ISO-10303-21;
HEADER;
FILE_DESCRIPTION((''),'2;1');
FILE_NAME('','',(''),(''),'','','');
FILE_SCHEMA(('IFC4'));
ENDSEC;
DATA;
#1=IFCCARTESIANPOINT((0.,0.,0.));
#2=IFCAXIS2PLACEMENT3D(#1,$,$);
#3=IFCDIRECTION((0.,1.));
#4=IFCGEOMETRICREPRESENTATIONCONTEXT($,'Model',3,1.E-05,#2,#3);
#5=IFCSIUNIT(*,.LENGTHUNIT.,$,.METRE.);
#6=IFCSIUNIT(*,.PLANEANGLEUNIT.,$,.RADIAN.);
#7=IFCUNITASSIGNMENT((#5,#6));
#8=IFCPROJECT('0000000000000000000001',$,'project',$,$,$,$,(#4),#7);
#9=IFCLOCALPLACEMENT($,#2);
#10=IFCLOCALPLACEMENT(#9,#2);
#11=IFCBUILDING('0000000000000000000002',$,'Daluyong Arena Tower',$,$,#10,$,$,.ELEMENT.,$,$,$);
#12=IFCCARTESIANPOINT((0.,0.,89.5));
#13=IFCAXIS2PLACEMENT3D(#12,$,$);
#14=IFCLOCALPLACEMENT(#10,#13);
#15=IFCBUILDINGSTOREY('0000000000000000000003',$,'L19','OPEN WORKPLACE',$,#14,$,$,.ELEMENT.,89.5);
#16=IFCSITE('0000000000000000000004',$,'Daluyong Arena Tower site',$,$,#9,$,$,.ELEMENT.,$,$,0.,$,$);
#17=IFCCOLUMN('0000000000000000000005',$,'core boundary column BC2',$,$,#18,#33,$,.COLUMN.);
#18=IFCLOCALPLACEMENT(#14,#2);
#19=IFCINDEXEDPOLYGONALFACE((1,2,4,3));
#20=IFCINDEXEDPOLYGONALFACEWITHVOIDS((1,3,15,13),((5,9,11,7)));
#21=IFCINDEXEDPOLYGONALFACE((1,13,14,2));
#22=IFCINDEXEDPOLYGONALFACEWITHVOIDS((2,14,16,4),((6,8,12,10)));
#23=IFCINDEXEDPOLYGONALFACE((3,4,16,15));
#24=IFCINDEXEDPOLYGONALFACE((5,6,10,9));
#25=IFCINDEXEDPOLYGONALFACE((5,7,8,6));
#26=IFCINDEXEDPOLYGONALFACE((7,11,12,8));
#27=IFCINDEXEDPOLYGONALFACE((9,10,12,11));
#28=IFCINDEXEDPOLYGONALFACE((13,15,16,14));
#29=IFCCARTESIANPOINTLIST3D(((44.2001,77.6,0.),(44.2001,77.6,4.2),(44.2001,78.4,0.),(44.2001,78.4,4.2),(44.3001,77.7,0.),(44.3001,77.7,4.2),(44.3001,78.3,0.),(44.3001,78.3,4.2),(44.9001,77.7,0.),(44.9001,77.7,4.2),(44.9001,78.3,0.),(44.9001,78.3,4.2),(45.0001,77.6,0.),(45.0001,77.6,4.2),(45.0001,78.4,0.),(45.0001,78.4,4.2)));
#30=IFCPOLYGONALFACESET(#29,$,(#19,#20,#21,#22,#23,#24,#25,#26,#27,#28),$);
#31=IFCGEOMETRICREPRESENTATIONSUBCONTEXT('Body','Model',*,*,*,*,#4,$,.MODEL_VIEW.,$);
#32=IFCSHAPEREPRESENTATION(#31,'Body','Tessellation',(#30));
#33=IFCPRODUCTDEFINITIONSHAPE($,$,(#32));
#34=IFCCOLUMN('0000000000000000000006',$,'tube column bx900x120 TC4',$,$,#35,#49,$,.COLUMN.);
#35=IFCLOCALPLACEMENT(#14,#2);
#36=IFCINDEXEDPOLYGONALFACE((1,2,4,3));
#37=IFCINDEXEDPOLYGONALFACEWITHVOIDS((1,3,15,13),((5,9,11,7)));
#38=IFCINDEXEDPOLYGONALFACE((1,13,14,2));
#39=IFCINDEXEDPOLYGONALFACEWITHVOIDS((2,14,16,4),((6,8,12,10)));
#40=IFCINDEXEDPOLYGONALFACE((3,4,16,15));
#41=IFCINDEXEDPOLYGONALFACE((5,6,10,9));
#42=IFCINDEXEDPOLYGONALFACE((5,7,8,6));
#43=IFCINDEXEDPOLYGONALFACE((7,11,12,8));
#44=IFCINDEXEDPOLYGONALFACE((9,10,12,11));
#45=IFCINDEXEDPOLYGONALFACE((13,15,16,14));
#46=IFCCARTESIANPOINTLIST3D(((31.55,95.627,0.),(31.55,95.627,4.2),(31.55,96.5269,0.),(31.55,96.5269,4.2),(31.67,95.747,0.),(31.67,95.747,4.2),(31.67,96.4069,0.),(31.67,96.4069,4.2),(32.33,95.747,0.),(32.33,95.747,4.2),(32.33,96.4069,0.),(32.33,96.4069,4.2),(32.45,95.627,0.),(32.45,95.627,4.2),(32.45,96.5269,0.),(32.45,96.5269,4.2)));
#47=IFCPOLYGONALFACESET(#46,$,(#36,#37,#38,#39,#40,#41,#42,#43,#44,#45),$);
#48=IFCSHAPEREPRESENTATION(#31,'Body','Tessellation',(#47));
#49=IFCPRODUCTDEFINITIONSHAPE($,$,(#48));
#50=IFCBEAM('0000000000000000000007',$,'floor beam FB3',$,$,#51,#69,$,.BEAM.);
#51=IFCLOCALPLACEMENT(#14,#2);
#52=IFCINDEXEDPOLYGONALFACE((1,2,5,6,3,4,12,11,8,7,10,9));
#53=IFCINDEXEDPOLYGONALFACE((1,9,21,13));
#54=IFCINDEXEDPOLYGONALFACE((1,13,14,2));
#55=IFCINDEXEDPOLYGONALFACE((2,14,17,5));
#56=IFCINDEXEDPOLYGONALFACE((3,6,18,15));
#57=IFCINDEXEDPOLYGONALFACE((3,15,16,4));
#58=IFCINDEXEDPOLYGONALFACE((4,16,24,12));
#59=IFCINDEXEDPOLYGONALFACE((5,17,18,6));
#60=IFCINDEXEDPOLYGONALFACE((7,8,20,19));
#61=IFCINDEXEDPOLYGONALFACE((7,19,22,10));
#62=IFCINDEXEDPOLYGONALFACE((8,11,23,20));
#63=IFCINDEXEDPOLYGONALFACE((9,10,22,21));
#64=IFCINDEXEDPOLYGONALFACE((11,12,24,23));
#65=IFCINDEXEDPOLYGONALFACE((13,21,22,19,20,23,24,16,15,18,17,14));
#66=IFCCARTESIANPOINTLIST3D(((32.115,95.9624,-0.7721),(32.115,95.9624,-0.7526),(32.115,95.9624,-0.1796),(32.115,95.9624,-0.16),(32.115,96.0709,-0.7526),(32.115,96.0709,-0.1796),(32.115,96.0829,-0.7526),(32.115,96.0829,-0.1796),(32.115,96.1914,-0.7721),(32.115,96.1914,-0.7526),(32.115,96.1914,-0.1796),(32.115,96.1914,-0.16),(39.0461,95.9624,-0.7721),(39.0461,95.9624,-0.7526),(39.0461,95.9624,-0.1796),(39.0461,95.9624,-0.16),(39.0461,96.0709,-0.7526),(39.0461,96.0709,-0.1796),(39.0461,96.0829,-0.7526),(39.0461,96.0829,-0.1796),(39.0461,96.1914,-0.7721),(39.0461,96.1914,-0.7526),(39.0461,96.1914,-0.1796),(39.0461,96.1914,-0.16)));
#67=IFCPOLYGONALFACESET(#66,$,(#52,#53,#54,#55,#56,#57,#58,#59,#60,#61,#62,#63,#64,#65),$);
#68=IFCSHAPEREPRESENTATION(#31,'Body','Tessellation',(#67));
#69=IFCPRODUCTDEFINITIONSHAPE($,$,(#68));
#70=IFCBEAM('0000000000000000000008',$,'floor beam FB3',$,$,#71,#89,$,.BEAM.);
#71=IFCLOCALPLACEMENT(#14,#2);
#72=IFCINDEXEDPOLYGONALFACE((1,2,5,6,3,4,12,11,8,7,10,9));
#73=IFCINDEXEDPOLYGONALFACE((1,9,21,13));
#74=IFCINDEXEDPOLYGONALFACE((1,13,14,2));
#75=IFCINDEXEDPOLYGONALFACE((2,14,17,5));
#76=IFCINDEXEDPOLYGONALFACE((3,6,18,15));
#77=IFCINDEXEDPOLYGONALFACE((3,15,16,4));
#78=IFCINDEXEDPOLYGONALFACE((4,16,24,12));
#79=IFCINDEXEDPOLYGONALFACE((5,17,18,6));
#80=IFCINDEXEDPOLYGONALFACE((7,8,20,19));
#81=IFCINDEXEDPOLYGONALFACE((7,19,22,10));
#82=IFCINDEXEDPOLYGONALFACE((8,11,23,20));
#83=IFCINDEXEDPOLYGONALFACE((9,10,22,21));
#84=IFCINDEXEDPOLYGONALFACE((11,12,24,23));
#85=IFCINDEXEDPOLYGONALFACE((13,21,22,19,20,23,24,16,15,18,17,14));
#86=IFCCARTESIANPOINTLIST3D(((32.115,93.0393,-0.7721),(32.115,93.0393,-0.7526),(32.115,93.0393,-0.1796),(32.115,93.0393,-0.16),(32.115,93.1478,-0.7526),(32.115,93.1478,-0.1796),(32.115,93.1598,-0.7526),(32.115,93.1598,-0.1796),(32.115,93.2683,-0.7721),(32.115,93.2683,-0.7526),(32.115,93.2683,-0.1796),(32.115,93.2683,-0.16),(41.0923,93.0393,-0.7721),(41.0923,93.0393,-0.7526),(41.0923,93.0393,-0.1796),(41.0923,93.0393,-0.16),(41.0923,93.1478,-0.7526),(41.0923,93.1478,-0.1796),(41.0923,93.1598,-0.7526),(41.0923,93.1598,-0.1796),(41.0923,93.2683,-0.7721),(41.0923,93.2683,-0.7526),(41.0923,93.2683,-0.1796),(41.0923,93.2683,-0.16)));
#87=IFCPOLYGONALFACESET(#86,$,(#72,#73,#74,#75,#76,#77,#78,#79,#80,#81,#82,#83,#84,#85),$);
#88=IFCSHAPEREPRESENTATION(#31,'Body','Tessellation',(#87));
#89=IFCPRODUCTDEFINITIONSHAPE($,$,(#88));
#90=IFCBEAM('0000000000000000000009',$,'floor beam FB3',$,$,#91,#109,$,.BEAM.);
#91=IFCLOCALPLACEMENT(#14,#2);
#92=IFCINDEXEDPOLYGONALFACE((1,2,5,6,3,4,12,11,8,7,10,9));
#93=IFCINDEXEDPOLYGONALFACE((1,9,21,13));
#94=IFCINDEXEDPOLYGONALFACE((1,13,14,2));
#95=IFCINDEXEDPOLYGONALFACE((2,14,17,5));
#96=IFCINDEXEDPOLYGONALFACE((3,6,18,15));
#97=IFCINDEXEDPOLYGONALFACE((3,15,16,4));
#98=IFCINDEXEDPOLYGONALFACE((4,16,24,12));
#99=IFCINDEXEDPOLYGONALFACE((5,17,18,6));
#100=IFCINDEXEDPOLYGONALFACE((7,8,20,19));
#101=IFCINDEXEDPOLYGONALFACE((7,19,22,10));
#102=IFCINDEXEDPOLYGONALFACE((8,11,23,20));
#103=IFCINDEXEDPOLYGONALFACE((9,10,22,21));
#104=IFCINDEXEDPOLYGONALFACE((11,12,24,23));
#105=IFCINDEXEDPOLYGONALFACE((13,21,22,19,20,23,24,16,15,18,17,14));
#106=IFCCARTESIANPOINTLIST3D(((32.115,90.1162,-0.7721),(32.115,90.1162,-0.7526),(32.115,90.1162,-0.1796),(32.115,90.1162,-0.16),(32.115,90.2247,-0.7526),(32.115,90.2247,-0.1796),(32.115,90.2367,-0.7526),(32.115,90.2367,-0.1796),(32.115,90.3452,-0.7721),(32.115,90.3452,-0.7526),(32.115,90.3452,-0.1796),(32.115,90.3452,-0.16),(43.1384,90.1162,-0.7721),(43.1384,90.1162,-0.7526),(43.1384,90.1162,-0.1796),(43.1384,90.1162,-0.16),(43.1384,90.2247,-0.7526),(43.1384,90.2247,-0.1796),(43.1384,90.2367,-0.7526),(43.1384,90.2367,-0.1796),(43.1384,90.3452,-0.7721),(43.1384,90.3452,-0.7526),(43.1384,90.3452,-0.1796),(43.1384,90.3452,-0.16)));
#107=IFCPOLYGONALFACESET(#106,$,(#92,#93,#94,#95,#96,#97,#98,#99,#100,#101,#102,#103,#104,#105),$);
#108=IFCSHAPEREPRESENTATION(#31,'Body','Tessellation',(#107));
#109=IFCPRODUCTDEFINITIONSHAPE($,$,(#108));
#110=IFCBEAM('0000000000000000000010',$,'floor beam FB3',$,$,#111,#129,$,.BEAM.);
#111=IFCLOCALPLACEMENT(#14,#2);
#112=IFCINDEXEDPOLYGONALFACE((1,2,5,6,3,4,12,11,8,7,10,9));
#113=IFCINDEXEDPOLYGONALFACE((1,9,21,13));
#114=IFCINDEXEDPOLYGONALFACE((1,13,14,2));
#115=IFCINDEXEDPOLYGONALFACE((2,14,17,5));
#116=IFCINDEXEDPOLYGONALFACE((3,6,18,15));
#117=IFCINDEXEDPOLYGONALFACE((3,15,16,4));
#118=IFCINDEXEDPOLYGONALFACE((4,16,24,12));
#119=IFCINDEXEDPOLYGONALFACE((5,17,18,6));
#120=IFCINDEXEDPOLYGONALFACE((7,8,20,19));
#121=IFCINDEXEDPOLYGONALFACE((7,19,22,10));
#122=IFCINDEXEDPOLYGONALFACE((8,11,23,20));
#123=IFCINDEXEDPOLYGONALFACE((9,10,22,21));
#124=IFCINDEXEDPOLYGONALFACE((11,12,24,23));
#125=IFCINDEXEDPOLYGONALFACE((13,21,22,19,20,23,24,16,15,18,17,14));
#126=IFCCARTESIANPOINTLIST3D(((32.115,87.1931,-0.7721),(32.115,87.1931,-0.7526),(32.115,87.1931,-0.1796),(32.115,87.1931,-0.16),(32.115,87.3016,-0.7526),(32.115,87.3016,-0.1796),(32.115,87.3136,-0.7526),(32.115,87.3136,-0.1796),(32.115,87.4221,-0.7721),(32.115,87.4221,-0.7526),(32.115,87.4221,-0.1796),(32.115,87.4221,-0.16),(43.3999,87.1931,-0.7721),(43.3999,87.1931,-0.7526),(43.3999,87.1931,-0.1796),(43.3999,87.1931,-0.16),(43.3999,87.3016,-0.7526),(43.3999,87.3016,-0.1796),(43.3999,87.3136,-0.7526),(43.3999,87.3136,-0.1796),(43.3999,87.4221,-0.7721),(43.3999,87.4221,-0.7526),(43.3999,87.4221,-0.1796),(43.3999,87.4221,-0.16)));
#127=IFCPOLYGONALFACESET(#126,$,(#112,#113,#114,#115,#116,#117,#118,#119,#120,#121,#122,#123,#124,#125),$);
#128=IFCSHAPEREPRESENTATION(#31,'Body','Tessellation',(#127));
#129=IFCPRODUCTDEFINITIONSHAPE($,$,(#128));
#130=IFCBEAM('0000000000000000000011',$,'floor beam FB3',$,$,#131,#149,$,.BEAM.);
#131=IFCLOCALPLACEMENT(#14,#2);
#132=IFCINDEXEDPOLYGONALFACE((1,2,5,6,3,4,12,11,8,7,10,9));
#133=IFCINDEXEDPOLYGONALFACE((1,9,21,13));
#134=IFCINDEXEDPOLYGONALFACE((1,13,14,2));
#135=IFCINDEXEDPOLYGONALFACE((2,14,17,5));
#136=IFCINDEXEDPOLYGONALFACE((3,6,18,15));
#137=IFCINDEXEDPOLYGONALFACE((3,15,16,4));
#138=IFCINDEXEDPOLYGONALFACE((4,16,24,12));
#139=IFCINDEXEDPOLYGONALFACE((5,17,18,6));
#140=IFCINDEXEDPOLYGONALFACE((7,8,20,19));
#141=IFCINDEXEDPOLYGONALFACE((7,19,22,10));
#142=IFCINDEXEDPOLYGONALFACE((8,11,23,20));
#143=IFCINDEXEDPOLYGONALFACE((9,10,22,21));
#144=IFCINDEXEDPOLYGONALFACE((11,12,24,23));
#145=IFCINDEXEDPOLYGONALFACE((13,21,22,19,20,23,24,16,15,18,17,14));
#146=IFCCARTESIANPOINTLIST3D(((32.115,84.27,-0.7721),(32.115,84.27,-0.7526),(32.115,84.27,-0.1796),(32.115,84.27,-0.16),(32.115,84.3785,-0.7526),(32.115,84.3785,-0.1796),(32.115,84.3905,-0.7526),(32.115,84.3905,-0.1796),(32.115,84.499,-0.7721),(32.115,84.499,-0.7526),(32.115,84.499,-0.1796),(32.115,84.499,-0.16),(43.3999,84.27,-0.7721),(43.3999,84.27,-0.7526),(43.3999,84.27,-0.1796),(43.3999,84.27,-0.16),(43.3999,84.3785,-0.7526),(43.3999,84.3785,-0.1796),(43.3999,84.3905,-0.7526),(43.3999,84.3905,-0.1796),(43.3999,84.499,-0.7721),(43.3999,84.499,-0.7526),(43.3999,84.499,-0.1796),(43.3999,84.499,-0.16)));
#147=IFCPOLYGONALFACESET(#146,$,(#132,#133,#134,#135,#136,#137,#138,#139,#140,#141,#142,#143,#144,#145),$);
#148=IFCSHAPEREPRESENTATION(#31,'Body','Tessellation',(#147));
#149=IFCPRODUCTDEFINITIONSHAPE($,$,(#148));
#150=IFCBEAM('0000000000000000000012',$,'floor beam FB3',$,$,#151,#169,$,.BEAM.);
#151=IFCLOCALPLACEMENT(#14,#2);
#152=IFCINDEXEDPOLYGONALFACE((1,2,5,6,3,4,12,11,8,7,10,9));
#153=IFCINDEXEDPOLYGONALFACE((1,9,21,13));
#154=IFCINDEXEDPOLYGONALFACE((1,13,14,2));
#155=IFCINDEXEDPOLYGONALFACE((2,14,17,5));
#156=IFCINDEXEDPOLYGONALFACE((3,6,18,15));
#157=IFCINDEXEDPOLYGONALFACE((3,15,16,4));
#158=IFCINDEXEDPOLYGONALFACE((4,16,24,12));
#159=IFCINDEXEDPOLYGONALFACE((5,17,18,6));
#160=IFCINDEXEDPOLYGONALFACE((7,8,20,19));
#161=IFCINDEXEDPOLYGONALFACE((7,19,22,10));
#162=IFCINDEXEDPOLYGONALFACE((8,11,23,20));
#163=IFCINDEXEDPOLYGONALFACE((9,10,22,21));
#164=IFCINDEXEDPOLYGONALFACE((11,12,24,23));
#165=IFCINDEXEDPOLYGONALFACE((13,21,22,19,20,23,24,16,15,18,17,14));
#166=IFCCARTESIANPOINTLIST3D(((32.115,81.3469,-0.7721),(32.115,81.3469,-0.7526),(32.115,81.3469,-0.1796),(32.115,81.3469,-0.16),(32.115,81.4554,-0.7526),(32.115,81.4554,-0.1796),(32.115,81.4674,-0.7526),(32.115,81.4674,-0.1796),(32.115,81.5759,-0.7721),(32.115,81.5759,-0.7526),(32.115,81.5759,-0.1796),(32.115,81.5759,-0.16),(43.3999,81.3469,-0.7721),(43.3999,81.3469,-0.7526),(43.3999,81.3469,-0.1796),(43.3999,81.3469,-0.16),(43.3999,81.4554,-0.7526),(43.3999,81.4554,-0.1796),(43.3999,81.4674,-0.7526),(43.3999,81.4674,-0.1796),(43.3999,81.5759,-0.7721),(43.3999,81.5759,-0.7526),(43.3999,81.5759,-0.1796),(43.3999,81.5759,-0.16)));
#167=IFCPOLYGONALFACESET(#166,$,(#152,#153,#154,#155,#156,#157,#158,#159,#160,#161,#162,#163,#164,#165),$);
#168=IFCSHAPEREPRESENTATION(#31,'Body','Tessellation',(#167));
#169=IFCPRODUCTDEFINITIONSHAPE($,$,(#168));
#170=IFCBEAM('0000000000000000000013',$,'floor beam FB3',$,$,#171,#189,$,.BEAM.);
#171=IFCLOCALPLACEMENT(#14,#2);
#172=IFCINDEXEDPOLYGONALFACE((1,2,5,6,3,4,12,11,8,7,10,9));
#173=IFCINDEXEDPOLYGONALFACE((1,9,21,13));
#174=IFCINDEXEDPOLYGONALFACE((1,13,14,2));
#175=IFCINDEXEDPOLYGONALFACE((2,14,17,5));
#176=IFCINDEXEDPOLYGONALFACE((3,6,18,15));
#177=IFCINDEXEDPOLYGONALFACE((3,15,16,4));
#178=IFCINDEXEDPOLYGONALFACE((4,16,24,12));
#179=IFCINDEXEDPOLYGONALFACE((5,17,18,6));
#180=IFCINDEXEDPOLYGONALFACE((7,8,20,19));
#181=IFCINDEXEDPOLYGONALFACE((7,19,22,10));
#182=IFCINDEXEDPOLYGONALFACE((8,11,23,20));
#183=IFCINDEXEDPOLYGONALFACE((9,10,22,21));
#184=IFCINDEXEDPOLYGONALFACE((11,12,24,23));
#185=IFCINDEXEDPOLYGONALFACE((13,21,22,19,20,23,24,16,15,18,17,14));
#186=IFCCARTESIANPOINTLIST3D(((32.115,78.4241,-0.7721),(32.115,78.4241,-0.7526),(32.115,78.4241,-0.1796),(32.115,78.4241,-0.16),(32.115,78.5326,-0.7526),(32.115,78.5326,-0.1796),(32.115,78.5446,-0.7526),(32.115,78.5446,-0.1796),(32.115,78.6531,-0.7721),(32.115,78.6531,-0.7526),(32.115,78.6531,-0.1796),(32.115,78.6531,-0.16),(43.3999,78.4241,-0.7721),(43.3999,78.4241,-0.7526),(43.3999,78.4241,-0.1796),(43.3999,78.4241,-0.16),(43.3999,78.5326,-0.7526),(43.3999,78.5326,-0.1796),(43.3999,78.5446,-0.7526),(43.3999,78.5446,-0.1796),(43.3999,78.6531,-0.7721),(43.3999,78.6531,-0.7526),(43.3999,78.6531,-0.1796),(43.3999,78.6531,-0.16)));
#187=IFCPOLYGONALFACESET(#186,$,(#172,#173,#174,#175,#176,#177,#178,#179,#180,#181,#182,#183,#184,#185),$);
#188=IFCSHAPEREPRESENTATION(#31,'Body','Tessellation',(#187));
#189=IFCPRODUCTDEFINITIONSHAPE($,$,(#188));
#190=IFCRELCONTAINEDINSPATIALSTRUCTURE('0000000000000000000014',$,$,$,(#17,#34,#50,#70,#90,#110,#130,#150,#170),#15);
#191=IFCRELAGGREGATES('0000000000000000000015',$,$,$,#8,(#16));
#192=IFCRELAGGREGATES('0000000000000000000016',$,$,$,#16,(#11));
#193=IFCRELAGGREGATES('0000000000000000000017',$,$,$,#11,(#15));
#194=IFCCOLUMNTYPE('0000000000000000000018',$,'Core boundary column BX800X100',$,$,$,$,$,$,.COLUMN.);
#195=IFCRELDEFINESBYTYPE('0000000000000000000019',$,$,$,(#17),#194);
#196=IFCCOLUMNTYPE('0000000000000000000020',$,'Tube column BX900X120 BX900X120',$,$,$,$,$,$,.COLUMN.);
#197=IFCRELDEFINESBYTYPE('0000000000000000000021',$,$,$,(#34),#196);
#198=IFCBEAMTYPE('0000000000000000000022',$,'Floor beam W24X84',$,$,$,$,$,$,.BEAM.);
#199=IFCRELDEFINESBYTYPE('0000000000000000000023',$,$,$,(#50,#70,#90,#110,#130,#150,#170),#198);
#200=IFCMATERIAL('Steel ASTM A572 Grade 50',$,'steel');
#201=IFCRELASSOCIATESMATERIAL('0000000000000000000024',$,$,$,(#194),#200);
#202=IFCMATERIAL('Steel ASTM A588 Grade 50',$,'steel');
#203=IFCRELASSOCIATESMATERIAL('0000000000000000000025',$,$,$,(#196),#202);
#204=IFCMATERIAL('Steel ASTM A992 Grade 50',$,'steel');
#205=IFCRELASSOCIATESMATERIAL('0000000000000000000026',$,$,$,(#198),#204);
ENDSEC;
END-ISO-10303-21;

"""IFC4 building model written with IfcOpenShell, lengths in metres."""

from ifc_helpers import new_model, si_unit, direction, frame, origin, origin_2d, place, context, subcontext, project, spatial, hollow_rectangle, i_section, extrude, material, material_profile, profile_set, type_object, element, save


model = new_model("IFC4")

# Units and contexts
model_context = context("Model", 3, precision=1e-05, world=origin(), true_north=direction((0.0, 1.0)))
body_context = subcontext(model_context, "Body", "Model", "MODEL_VIEW")
ifc_project = project(units=[si_unit("LENGTHUNIT", "METRE"), si_unit("PLANEANGLEUNIT", "RADIAN")], contexts=[model_context])

# Site, building, storey
site_placement = place(None, origin())
site = spatial("IfcSite", under=ifc_project, at=site_placement, Name="Daluyong Arena Tower site", CompositionType="ELEMENT", RefElevation=0.0)
building_placement = place(site_placement, origin())
building = spatial("IfcBuilding", under=site, at=building_placement, Name="Daluyong Arena Tower", CompositionType="ELEMENT")
storey_placement = place(building_placement, frame((0.0, 0.0, 89.5)))
storey = spatial("IfcBuildingStorey", under=building, at=storey_placement, Name="L19", Description="OPEN WORKPLACE", CompositionType="ELEMENT", Elevation=89.5)

# Columns
ifc_material_1 = material(Name="Steel ASTM A572 Grade 50", Category="steel")
ifc_material_profile_1 = material_profile(ifc_material_1, hollow_rectangle(XDim=0.8, YDim=0.8, WallThickness=0.1, at=origin_2d()))
ifc_profile_set_1 = profile_set([ifc_material_profile_1], Name="Steel ASTM A572 Grade 50")
column_type_1 = type_object("IfcColumnType", Name="Core boundary column BX800X100", PredefinedType="COLUMN", material=ifc_profile_set_1)
column_1_placement = place(storey_placement, frame((44.6001, 78.0, 0.0), z_axis=(0.0, 0.0, 1.0), x_axis=(1.0, 0.0, 0.0)))
element("IfcColumn", 1, at=column_1_placement, inside=storey, type_object=column_type_1, Name="core boundary column BC2", PredefinedType="COLUMN", context=body_context, shape_type="SweptSolid", body=[
    extrude(hollow_rectangle(XDim=0.8, YDim=0.8, WallThickness=0.1, at=origin_2d()), origin(), (0.0, 0.0, 1.0), 4.2),
])
ifc_material_2 = material(Name="Steel ASTM A588 Grade 50", Category="steel")
ifc_material_profile_2 = material_profile(ifc_material_2, hollow_rectangle(XDim=0.8999, YDim=0.8999, WallThickness=0.12, at=origin_2d()))
ifc_profile_set_2 = profile_set([ifc_material_profile_2], Name="Steel ASTM A588 Grade 50")
column_type_2 = type_object("IfcColumnType", Name="Tube column BX900X120 BX900X120", PredefinedType="COLUMN", material=ifc_profile_set_2)
column_2_placement = place(storey_placement, frame((32.0, 96.0769, 0.0), z_axis=(0.0, 0.0, 1.0), x_axis=(0.0, 1.0, 0.0)))
element("IfcColumn", 2, at=column_2_placement, inside=storey, type_object=column_type_2, Name="tube column bx900x120 TC4", PredefinedType="COLUMN", context=body_context, shape_type="SweptSolid", body=[
    extrude(hollow_rectangle(XDim=0.8999, YDim=0.8999, WallThickness=0.12, at=origin_2d()), origin(), (0.0, 0.0, 1.0), 4.2),
])

# Beams
ifc_material_3 = material(Name="Steel ASTM A992 Grade 50", Category="steel")
ifc_material_profile_3 = material_profile(ifc_material_3, i_section(OverallWidth=0.229, OverallDepth=0.6121, WebThickness=0.012, FlangeThickness=0.0195, at=origin_2d()))
ifc_profile_set_3 = profile_set([ifc_material_profile_3], Name="Steel ASTM A992 Grade 50")
beam_type_1 = type_object("IfcBeamType", Name="Floor beam W24X84", PredefinedType="BEAM", material=ifc_profile_set_3)
beam_1_placement = place(storey_placement, frame((32.115, 96.0769, -0.4661), z_axis=(1.0, 0.0, 0.0), x_axis=(0.0, 1.0, 0.0)))
element("IfcBeam", 3, at=beam_1_placement, inside=storey, type_object=beam_type_1, Name="floor beam FB3", PredefinedType="BEAM", context=body_context, shape_type="SweptSolid", body=[
    extrude(i_section(OverallWidth=0.229, OverallDepth=0.6121, WebThickness=0.012, FlangeThickness=0.0195, at=origin_2d()), origin(), (0.0, 0.0, 1.0), 6.9312),
])
beam_2_placement = place(storey_placement, frame((32.115, 93.1538, -0.4661), z_axis=(1.0, 0.0, 0.0), x_axis=(0.0, 1.0, 0.0)))
element("IfcBeam", 4, at=beam_2_placement, inside=storey, type_object=beam_type_1, Name="floor beam FB3", PredefinedType="BEAM", context=body_context, shape_type="SweptSolid", body=[
    extrude(i_section(OverallWidth=0.229, OverallDepth=0.6121, WebThickness=0.012, FlangeThickness=0.0195, at=origin_2d()), origin(), (0.0, 0.0, 1.0), 8.9773),
])
beam_3_placement = place(storey_placement, frame((32.115, 90.2307, -0.4661), z_axis=(1.0, 0.0, 0.0), x_axis=(0.0, 1.0, 0.0)))
element("IfcBeam", 5, at=beam_3_placement, inside=storey, type_object=beam_type_1, Name="floor beam FB3", PredefinedType="BEAM", context=body_context, shape_type="SweptSolid", body=[
    extrude(i_section(OverallWidth=0.229, OverallDepth=0.6121, WebThickness=0.012, FlangeThickness=0.0195, at=origin_2d()), origin(), (0.0, 0.0, 1.0), 11.0234),
])
for number, where, z_axis, x_axis, name in (
    (6, (32.115, 87.3076, -0.4661), (1.0, 0.0, 0.0), (0.0, 1.0, 0.0), "floor beam FB3"),
    (7, (32.115, 84.3845, -0.4661), (1.0, 0.0, 0.0), (0.0, 1.0, 0.0), "floor beam FB3"),
    (8, (32.115, 81.4614, -0.4661), (1.0, 0.0, 0.0), (0.0, 1.0, 0.0), "floor beam FB3"),
    (9, (32.115, 78.5386, -0.4661), (1.0, 0.0, 0.0), (0.0, 1.0, 0.0), "floor beam FB3"),
):
    element("IfcBeam", number, at=place(storey_placement, frame(where, z_axis=z_axis, x_axis=x_axis)), inside=storey, type_object=beam_type_1, Name=name, PredefinedType="BEAM", context=body_context, shape_type="SweptSolid", body=[
        extrude(i_section(OverallWidth=0.229, OverallDepth=0.6121, WebThickness=0.012, FlangeThickness=0.0195, at=origin_2d()), origin(), (0.0, 0.0, 1.0), 11.2849),
    ])

save(model, "model.ifc")
